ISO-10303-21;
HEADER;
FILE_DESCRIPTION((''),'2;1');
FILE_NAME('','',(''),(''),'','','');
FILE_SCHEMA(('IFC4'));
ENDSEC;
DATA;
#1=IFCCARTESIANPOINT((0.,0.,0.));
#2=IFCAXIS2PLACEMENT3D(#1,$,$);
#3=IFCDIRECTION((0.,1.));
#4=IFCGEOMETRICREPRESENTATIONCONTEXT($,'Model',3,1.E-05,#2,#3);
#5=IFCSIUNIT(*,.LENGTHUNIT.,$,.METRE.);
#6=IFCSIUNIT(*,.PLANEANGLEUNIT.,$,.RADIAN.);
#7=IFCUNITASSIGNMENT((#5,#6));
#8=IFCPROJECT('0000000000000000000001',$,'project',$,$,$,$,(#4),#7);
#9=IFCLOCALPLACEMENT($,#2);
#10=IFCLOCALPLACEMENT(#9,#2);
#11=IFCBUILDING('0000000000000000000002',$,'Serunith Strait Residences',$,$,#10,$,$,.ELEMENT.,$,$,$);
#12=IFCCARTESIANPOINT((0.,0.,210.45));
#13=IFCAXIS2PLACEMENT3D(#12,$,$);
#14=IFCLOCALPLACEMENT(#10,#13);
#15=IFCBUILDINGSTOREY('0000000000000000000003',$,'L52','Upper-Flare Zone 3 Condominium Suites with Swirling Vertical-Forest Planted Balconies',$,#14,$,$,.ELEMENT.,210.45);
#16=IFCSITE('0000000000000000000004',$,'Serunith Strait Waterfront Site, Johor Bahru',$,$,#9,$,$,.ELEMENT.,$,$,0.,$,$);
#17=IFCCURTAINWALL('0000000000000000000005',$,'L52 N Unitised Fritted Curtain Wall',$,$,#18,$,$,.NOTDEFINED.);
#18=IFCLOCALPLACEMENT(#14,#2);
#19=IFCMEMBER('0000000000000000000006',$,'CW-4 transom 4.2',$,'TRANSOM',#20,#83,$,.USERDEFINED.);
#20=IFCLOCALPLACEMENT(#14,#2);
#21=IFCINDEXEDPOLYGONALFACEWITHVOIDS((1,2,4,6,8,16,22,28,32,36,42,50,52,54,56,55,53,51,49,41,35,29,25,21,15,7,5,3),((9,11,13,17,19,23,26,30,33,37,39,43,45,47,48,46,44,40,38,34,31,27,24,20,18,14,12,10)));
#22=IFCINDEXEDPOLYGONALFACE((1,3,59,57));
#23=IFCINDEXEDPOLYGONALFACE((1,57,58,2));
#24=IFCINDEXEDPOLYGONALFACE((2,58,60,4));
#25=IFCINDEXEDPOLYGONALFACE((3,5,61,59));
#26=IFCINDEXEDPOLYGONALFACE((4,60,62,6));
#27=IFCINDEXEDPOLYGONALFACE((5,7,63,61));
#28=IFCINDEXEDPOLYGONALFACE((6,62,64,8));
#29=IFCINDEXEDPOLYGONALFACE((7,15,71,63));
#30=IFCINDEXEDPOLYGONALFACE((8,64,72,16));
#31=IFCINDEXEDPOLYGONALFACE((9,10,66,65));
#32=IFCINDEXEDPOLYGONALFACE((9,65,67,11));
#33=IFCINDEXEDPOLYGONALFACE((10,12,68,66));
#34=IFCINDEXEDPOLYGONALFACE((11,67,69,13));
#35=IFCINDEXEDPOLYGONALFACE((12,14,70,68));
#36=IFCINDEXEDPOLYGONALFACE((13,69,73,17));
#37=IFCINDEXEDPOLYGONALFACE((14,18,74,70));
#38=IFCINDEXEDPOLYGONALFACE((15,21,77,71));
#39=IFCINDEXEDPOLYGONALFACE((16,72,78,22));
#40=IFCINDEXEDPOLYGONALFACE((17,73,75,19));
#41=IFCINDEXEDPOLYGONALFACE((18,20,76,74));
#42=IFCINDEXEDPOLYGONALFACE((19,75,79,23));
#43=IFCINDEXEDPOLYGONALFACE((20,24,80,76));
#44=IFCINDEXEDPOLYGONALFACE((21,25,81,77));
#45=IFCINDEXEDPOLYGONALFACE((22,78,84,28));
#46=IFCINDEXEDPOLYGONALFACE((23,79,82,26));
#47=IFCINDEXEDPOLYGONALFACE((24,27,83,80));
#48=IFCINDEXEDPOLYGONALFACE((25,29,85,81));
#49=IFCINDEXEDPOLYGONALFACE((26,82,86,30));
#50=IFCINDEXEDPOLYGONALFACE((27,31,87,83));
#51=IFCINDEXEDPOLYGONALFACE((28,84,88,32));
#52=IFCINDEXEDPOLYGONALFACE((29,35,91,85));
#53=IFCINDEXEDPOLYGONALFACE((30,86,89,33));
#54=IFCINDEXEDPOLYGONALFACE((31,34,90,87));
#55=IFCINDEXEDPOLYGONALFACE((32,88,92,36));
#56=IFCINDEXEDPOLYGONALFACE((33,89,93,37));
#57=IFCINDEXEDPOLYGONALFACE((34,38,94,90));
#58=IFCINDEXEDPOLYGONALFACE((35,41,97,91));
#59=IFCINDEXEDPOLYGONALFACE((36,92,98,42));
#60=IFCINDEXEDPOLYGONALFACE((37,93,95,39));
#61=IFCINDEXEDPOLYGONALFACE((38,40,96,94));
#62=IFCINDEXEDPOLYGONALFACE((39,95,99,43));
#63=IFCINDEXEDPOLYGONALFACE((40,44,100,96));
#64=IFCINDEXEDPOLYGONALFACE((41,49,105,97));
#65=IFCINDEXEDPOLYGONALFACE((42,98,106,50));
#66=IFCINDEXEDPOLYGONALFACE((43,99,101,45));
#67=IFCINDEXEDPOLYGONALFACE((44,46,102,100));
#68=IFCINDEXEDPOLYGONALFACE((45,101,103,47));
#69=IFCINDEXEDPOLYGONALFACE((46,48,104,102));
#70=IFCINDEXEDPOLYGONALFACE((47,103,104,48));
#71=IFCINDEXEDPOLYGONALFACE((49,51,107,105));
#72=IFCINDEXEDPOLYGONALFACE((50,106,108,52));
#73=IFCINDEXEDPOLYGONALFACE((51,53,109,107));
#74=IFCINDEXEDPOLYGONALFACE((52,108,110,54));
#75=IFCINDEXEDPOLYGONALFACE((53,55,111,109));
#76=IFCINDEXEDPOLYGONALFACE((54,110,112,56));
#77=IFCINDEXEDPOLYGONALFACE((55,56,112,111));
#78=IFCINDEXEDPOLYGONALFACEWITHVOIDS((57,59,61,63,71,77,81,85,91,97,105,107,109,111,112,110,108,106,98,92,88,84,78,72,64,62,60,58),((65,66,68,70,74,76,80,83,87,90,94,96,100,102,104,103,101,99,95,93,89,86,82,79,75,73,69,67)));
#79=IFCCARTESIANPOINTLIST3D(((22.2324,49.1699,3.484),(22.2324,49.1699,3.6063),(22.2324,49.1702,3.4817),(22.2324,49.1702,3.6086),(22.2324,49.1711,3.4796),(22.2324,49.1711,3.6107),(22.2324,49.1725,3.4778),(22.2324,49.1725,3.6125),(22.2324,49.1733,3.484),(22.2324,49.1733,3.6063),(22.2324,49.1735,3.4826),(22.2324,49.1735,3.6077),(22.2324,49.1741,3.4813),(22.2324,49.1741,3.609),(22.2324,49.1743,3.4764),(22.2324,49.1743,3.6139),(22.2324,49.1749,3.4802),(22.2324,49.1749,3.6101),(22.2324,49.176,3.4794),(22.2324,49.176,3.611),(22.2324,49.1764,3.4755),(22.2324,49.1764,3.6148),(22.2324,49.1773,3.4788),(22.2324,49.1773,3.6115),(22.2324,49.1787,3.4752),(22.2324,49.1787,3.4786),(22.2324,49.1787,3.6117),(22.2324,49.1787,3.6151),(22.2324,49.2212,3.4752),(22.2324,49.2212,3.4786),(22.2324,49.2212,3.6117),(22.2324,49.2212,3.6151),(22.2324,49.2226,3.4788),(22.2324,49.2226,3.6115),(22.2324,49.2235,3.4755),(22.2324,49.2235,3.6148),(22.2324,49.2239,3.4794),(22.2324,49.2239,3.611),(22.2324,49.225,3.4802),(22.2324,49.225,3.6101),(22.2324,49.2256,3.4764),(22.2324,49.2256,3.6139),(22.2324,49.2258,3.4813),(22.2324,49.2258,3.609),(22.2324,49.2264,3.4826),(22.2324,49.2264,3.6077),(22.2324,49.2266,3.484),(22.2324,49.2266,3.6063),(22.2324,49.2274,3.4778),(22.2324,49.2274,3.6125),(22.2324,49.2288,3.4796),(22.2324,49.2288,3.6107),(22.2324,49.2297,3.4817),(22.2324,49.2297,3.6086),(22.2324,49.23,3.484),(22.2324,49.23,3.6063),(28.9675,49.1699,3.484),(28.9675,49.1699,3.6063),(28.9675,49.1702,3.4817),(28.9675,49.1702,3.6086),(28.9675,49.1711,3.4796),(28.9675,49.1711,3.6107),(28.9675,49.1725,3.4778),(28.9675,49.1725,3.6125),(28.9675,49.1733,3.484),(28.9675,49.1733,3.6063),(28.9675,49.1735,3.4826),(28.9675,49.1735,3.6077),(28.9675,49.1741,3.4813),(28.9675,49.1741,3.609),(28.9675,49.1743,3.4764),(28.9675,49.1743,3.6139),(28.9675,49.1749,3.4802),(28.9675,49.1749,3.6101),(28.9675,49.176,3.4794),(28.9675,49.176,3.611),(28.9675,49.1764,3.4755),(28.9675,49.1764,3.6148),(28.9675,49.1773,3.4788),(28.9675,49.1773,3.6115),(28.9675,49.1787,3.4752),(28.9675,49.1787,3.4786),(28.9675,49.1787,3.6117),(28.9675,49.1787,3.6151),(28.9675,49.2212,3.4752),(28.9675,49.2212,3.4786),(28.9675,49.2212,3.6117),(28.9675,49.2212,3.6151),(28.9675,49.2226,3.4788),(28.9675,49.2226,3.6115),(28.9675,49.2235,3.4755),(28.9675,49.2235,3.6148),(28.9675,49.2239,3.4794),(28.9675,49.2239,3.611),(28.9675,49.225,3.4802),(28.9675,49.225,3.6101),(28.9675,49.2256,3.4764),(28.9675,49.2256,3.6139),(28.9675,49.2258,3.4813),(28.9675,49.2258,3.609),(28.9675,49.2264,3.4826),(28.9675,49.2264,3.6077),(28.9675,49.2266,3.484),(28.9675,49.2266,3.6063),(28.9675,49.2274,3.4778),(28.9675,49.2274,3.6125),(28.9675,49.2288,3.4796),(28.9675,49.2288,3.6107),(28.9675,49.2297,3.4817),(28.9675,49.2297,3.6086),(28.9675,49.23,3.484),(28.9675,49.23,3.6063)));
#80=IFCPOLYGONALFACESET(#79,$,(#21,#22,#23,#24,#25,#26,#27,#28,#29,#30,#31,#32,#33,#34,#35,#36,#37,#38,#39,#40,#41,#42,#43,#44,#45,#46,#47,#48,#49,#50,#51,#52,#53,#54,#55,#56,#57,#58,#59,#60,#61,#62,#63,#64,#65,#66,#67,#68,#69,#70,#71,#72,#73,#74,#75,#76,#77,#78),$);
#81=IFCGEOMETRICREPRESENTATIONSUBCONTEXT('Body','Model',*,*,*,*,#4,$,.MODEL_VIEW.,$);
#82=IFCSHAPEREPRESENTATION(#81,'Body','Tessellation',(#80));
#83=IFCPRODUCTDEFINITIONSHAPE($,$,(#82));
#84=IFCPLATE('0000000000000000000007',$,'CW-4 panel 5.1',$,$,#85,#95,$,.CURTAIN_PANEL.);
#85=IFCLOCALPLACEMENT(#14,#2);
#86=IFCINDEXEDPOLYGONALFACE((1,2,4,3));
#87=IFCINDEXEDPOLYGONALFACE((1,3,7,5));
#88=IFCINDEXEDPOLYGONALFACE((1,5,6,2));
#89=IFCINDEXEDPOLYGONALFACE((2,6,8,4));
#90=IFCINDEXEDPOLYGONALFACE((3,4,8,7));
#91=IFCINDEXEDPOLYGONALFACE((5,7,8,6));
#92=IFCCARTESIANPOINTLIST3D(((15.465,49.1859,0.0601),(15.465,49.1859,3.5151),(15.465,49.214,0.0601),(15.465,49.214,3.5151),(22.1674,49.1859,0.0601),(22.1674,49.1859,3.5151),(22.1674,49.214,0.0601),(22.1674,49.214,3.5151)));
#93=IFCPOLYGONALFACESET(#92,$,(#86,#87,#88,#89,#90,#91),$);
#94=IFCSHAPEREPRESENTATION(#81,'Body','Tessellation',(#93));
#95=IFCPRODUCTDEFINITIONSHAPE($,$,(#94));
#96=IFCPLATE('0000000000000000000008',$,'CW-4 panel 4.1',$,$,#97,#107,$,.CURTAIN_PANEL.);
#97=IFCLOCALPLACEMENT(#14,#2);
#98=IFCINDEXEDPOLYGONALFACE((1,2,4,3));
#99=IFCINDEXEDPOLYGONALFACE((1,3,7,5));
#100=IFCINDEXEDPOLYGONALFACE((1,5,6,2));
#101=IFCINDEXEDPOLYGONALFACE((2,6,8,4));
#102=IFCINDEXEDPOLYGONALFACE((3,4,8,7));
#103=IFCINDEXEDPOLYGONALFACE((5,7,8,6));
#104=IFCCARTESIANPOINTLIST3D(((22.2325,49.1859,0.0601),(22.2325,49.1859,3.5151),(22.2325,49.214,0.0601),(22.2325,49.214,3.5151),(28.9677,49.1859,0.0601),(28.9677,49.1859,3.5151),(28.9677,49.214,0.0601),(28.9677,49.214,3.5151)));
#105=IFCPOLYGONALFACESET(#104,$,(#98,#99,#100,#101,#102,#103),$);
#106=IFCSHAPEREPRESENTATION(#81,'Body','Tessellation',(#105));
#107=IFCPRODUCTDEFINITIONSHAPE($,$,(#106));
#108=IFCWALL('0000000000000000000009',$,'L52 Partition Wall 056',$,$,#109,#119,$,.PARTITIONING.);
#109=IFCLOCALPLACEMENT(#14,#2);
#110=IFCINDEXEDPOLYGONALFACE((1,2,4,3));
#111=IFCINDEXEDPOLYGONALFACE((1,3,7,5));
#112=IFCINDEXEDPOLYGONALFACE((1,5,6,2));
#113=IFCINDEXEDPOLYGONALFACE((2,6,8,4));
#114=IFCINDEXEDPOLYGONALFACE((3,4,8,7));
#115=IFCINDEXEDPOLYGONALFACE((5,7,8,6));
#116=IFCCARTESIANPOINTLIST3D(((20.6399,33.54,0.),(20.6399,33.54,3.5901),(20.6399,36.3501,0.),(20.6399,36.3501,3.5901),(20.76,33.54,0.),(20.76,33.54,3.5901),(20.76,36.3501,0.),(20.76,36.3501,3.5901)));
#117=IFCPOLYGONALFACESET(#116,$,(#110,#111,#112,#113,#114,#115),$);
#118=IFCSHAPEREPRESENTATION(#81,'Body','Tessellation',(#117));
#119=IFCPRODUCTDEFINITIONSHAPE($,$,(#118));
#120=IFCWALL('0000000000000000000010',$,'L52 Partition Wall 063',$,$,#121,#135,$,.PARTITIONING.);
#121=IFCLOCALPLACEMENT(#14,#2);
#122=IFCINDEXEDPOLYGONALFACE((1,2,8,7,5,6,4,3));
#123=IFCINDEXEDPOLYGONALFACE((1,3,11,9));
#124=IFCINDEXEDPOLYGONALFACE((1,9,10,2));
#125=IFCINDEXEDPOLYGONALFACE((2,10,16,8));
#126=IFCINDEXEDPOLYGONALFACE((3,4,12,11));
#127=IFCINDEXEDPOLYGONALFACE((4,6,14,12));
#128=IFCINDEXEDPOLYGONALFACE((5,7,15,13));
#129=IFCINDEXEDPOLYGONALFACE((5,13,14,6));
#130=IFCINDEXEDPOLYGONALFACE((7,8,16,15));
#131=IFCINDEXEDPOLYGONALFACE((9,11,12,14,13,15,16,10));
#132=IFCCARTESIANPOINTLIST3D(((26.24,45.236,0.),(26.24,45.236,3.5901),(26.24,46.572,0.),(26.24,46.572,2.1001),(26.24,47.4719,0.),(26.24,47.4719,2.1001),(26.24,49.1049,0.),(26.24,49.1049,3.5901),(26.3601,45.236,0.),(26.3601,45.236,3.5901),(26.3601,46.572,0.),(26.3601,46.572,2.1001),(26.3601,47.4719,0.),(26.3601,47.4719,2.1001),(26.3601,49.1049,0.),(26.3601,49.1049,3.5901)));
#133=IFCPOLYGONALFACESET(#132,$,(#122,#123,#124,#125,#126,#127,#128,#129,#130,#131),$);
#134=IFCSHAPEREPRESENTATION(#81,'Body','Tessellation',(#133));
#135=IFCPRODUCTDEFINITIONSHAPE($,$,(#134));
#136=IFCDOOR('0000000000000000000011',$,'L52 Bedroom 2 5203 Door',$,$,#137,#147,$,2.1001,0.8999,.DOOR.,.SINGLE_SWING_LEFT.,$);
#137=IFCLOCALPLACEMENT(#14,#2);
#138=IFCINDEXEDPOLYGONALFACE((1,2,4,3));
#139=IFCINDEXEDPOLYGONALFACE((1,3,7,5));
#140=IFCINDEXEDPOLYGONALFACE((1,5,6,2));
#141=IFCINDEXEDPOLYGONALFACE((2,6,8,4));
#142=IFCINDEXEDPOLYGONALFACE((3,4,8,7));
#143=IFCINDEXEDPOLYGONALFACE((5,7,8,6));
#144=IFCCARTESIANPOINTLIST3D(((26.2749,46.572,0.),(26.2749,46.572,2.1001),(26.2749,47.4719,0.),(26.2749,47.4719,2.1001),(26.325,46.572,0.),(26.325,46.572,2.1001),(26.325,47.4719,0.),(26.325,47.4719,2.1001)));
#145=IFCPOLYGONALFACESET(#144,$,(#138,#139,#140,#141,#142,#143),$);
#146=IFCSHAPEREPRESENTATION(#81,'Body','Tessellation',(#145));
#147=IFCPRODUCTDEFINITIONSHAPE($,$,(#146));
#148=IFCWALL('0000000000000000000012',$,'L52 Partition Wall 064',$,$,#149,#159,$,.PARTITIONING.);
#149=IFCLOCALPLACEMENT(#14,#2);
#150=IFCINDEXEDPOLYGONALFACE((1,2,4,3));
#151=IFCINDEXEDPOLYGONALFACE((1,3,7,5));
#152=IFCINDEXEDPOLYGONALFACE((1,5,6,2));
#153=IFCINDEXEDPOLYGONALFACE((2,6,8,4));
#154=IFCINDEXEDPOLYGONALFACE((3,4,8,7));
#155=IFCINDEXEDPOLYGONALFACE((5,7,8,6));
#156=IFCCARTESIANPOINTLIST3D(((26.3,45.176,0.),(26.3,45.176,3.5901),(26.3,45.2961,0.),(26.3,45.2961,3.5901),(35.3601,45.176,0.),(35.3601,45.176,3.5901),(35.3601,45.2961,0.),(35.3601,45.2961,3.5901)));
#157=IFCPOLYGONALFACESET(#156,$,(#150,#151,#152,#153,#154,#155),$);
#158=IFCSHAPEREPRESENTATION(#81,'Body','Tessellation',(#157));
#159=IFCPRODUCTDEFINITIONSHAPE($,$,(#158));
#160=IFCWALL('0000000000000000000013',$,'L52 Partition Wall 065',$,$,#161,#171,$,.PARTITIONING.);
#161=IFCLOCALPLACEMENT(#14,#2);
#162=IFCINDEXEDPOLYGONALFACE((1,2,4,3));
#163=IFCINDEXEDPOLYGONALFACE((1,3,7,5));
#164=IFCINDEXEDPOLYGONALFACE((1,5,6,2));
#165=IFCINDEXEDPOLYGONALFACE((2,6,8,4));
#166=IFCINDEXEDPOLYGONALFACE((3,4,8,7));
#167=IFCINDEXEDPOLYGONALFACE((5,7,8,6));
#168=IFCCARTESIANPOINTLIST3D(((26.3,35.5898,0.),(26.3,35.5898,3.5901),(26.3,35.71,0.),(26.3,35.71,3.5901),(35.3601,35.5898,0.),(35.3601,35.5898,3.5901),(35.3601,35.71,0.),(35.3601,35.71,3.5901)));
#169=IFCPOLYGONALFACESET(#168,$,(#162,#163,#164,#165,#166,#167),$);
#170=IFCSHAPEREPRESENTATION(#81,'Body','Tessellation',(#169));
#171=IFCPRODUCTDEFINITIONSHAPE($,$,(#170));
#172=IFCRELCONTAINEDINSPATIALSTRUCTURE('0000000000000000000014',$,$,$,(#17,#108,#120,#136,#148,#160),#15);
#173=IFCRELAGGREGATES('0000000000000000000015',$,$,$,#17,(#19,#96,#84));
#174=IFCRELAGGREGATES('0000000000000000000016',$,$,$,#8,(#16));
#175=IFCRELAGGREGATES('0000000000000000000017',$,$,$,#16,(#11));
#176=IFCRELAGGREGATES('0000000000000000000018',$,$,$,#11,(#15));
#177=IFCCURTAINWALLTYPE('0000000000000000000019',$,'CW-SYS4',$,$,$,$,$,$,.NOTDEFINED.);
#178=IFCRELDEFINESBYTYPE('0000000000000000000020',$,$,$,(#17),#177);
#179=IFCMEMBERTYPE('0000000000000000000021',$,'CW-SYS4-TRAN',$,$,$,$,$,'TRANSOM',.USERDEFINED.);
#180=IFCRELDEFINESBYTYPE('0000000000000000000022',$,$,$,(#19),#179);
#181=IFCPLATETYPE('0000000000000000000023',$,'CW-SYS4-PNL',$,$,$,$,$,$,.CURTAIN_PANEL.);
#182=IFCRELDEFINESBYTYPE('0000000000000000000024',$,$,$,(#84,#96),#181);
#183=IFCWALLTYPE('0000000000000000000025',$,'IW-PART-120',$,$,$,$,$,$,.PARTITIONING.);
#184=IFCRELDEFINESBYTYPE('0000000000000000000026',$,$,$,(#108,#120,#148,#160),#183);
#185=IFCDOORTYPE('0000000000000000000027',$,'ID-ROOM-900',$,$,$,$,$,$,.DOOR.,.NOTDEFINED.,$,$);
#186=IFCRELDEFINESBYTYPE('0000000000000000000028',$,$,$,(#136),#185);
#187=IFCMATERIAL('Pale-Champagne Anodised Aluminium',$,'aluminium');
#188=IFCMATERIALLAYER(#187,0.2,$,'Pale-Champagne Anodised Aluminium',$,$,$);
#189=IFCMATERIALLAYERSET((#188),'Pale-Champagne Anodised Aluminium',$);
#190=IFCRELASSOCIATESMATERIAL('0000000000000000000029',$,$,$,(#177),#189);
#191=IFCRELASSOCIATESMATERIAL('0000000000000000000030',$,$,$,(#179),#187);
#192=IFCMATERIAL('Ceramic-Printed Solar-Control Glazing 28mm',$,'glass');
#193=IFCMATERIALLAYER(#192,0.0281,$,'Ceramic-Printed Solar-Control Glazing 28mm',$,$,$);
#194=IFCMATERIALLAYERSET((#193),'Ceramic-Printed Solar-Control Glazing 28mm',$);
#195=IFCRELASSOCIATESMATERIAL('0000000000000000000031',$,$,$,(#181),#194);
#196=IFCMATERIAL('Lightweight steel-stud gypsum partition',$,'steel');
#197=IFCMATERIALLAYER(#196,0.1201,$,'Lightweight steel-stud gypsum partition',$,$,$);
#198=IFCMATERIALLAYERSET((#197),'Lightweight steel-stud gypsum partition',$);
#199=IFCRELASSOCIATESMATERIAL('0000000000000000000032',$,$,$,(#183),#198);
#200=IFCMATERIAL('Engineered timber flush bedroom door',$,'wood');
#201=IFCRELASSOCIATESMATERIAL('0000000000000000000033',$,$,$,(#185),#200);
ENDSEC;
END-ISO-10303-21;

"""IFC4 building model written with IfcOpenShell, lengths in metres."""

from ifc_helpers import new_model, si_unit, direction, frame, frame_2d, origin, origin_2d, place, context, subcontext, project, spatial, rectangle, hollow_rectangle, extrude, source, transform, mapped, material, layer, layer_set, material_profile, profile_set, type_object, element, fill, aggregate, save


model = new_model("IFC4")

# Units and contexts
model_context = context("Model", 3, precision=1e-05, world=origin(), true_north=direction((0.0, 1.0)))
body_context = subcontext(model_context, "Body", "Model", "MODEL_VIEW")
ifc_project = project(units=[si_unit("LENGTHUNIT", "METRE"), si_unit("PLANEANGLEUNIT", "RADIAN")], contexts=[model_context])

# Site, building, storey
site_placement = place(None, origin())
site = spatial("IfcSite", under=ifc_project, at=site_placement, Name="Serunith Strait Waterfront Site, Johor Bahru", CompositionType="ELEMENT", RefElevation=0.0)
building_placement = place(site_placement, origin())
building = spatial("IfcBuilding", under=site, at=building_placement, Name="Serunith Strait Residences", CompositionType="ELEMENT")
storey_placement = place(building_placement, frame((0.0, 0.0, 210.45)))
storey = spatial("IfcBuildingStorey", under=building, at=storey_placement, Name="L52", Description="Upper-Flare Zone 3 Condominium Suites with Swirling Vertical-Forest Planted Balconies", CompositionType="ELEMENT", Elevation=210.45)

# Curtain wall, member, plates
ifc_material_1 = material(Name="Pale-Champagne Anodised Aluminium", Category="aluminium")
ifc_layer_1 = layer(ifc_material_1, 0.2, Name="Pale-Champagne Anodised Aluminium")
ifc_layer_set_1 = layer_set([ifc_layer_1], Name="Pale-Champagne Anodised Aluminium")
curtain_wall_type = type_object("IfcCurtainWallType", Name="CW-SYS4", PredefinedType="NOTDEFINED", material=ifc_layer_set_1)
curtain_wall_placement = place(storey_placement, origin())
curtain_wall = element("IfcCurtainWall", 1, at=curtain_wall_placement, inside=storey, type_object=curtain_wall_type, Name="L52 N Unitised Fritted Curtain Wall", PredefinedType="NOTDEFINED")
ifc_material_profile_1 = material_profile(ifc_material_1, hollow_rectangle(XDim=0.0601, YDim=0.1399, WallThickness=0.0034, InnerFilletRadius=0.0054, OuterFilletRadius=0.0088, at=origin_2d()), Name="ALU 140x60x3.5")
ifc_profile_set_1 = profile_set([ifc_material_profile_1], Name="Pale-Champagne Anodised Aluminium")
member_type_1 = type_object("IfcMemberType", Name="CW-SYS4-TRAN", ElementType="TRANSOM", PredefinedType="USERDEFINED", material=ifc_profile_set_1)
shared_shape_1 = source(origin(), body_context, "Body", "SweptSolid", [
    extrude(hollow_rectangle(XDim=0.0601, YDim=0.1399, WallThickness=0.0034, InnerFilletRadius=0.0054, OuterFilletRadius=0.0088, at=origin_2d()), origin(), (0.0, 0.0, 1.0), 6.7351),
])
member_1_placement = place(storey_placement, frame((28.9675, 49.2, 3.5452), z_axis=(-1.0, 0.0, 0.0), x_axis=(0.0, -1.0, 0.0)))
member_1 = element("IfcMember", 2, at=member_1_placement, type_object=member_type_1, Name="CW-4 transom 4.2", ObjectType="TRANSOM", PredefinedType="USERDEFINED", context=body_context, shape_type="MappedRepresentation", body=[
    mapped(shared_shape_1, transform((0.0, 0.0, 0.0), scale=1.0)),
])
ifc_material_2 = material(Name="Ceramic-Printed Solar-Control Glazing 28mm", Category="glass")
ifc_layer_2 = layer(ifc_material_2, 0.0281, Name="Ceramic-Printed Solar-Control Glazing 28mm")
ifc_layer_set_2 = layer_set([ifc_layer_2], Name="Ceramic-Printed Solar-Control Glazing 28mm")
plate_type = type_object("IfcPlateType", Name="CW-SYS4-PNL", PredefinedType="CURTAIN_PANEL", material=ifc_layer_set_2)
shared_shape_2 = source(origin(), body_context, "Body", "SweptSolid", [
    extrude(rectangle(XDim=6.7024, YDim=0.0281, at=origin_2d()), origin(), (0.0, 0.0, 1.0), 3.4551),
])
plate_1_placement = place(storey_placement, frame((18.8162, 49.2, 0.0601), z_axis=(0.0, 0.0, 1.0), x_axis=(-1.0, 0.0, 0.0)))
plate_1 = element("IfcPlate", 3, at=plate_1_placement, type_object=plate_type, Name="CW-4 panel 5.1", PredefinedType="CURTAIN_PANEL", context=body_context, shape_type="MappedRepresentation", body=[
    mapped(shared_shape_2, transform((0.0, 0.0, 0.0), scale=1.0)),
])
shared_shape_3 = source(origin(), body_context, "Body", "SweptSolid", [
    extrude(rectangle(XDim=6.7351, YDim=0.0281, at=origin_2d()), origin(), (0.0, 0.0, 1.0), 3.4551),
])
plate_2_placement = place(storey_placement, frame((25.6001, 49.2, 0.0601), z_axis=(0.0, 0.0, 1.0), x_axis=(-1.0, 0.0, 0.0)))
plate_2 = element("IfcPlate", 4, at=plate_2_placement, type_object=plate_type, Name="CW-4 panel 4.1", PredefinedType="CURTAIN_PANEL", context=body_context, shape_type="MappedRepresentation", body=[
    mapped(shared_shape_3, transform((0.0, 0.0, 0.0), scale=1.0)),
])
aggregate(curtain_wall, [member_1, plate_2, plate_1])

# Wall
ifc_material_3 = material(Name="Lightweight steel-stud gypsum partition", Category="steel")
ifc_layer_3 = layer(ifc_material_3, 0.1201, Name="Lightweight steel-stud gypsum partition")
ifc_layer_set_3 = layer_set([ifc_layer_3], Name="Lightweight steel-stud gypsum partition")
wall_type_1 = type_object("IfcWallType", Name="IW-PART-120", PredefinedType="PARTITIONING", material=ifc_layer_set_3)
wall_1_placement = place(storey_placement, frame((20.7, 36.3501, 0.0), z_axis=(0.0, 0.0, 1.0), x_axis=(0.0, -1.0, 0.0)))
element("IfcWall", 5, at=wall_1_placement, inside=storey, type_object=wall_type_1, Name="L52 Partition Wall 056", PredefinedType="PARTITIONING", context=body_context, shape_type="SweptSolid", body=[
    extrude(rectangle(XDim=2.8101, YDim=0.1201, at=frame_2d((1.405, 0.0))), origin(), (0.0, 0.0, 1.0), 3.5901),
])

# Wall, opening, door
wall_2_placement = place(storey_placement, frame((26.3, 49.105, 0.0), z_axis=(0.0, 0.0, 1.0), x_axis=(0.0, -1.0, 0.0)))
wall_2 = element("IfcWall", 6, at=wall_2_placement, inside=storey, type_object=wall_type_1, Name="L52 Partition Wall 063", PredefinedType="PARTITIONING", context=body_context, shape_type="SweptSolid", body=[
    extrude(rectangle(XDim=3.8689, YDim=0.1201, at=frame_2d((1.9346, 0.0))), origin(), (0.0, 0.0, 1.0), 3.5901),
])
opening_1_placement = place(wall_2_placement, frame((1.6331, 0.0, 0.0)))
opening_1 = element("IfcOpeningElement", 7, at=opening_1_placement, cuts=wall_2, PredefinedType="OPENING", context=body_context, shape_type="SweptSolid", body=[
    extrude(rectangle(XDim=0.8999, YDim=2.1001, at=frame_2d((0.45, 1.05))), frame((0.0, 0.0701, 0.0), z_axis=(0.0, -1.0, 0.0), x_axis=(1.0, 0.0, 0.0)), (0.0, 0.0, 1.0), 0.1401),
])
ifc_material_4 = material(Name="Engineered timber flush bedroom door", Category="wood")
door_type_1 = type_object("IfcDoorType", Name="ID-ROOM-900", OperationType="NOTDEFINED", PredefinedType="DOOR", material=ifc_material_4)
shared_shape_4 = source(origin(), body_context, "Body", "SweptSolid", [
    extrude(rectangle(XDim=0.8999, YDim=2.1001, at=frame_2d((0.45, 1.05))), frame((0.0, 0.0249, 0.0), z_axis=(0.0, -1.0, 0.0), x_axis=(1.0, 0.0, 0.0)), (0.0, 0.0, 1.0), 0.05),
])
door_1_placement = place(opening_1_placement, origin())
door_1 = element("IfcDoor", 8, at=door_1_placement, inside=storey, type_object=door_type_1, Name="L52 Bedroom 2 5203 Door", OperationType="SINGLE_SWING_LEFT", OverallHeight=2.1001, OverallWidth=0.8999, PredefinedType="DOOR", context=body_context, shape_type="MappedRepresentation", body=[
    mapped(shared_shape_4, transform((0.0, 0.0, 0.0), scale=1.0)),
])
fill(opening_1, door_1)

# Walls
for number, where, z_axis, x_axis, name in (
    (9, (26.3, 45.2361, 0.0), (0.0, 0.0, 1.0), (1.0, 0.0, 0.0), "L52 Partition Wall 064"),
    (10, (26.3, 35.6499, 0.0), (0.0, 0.0, 1.0), (1.0, 0.0, 0.0), "L52 Partition Wall 065"),
):
    element("IfcWall", number, at=place(storey_placement, frame(where, z_axis=z_axis, x_axis=x_axis)), inside=storey, type_object=wall_type_1, Name=name, PredefinedType="PARTITIONING", context=body_context, shape_type="SweptSolid", body=[
        extrude(rectangle(XDim=9.0601, YDim=0.1201, at=frame_2d((4.53, 0.0))), origin(), (0.0, 0.0, 1.0), 3.5901),
    ])

save(model, "model.ifc")
